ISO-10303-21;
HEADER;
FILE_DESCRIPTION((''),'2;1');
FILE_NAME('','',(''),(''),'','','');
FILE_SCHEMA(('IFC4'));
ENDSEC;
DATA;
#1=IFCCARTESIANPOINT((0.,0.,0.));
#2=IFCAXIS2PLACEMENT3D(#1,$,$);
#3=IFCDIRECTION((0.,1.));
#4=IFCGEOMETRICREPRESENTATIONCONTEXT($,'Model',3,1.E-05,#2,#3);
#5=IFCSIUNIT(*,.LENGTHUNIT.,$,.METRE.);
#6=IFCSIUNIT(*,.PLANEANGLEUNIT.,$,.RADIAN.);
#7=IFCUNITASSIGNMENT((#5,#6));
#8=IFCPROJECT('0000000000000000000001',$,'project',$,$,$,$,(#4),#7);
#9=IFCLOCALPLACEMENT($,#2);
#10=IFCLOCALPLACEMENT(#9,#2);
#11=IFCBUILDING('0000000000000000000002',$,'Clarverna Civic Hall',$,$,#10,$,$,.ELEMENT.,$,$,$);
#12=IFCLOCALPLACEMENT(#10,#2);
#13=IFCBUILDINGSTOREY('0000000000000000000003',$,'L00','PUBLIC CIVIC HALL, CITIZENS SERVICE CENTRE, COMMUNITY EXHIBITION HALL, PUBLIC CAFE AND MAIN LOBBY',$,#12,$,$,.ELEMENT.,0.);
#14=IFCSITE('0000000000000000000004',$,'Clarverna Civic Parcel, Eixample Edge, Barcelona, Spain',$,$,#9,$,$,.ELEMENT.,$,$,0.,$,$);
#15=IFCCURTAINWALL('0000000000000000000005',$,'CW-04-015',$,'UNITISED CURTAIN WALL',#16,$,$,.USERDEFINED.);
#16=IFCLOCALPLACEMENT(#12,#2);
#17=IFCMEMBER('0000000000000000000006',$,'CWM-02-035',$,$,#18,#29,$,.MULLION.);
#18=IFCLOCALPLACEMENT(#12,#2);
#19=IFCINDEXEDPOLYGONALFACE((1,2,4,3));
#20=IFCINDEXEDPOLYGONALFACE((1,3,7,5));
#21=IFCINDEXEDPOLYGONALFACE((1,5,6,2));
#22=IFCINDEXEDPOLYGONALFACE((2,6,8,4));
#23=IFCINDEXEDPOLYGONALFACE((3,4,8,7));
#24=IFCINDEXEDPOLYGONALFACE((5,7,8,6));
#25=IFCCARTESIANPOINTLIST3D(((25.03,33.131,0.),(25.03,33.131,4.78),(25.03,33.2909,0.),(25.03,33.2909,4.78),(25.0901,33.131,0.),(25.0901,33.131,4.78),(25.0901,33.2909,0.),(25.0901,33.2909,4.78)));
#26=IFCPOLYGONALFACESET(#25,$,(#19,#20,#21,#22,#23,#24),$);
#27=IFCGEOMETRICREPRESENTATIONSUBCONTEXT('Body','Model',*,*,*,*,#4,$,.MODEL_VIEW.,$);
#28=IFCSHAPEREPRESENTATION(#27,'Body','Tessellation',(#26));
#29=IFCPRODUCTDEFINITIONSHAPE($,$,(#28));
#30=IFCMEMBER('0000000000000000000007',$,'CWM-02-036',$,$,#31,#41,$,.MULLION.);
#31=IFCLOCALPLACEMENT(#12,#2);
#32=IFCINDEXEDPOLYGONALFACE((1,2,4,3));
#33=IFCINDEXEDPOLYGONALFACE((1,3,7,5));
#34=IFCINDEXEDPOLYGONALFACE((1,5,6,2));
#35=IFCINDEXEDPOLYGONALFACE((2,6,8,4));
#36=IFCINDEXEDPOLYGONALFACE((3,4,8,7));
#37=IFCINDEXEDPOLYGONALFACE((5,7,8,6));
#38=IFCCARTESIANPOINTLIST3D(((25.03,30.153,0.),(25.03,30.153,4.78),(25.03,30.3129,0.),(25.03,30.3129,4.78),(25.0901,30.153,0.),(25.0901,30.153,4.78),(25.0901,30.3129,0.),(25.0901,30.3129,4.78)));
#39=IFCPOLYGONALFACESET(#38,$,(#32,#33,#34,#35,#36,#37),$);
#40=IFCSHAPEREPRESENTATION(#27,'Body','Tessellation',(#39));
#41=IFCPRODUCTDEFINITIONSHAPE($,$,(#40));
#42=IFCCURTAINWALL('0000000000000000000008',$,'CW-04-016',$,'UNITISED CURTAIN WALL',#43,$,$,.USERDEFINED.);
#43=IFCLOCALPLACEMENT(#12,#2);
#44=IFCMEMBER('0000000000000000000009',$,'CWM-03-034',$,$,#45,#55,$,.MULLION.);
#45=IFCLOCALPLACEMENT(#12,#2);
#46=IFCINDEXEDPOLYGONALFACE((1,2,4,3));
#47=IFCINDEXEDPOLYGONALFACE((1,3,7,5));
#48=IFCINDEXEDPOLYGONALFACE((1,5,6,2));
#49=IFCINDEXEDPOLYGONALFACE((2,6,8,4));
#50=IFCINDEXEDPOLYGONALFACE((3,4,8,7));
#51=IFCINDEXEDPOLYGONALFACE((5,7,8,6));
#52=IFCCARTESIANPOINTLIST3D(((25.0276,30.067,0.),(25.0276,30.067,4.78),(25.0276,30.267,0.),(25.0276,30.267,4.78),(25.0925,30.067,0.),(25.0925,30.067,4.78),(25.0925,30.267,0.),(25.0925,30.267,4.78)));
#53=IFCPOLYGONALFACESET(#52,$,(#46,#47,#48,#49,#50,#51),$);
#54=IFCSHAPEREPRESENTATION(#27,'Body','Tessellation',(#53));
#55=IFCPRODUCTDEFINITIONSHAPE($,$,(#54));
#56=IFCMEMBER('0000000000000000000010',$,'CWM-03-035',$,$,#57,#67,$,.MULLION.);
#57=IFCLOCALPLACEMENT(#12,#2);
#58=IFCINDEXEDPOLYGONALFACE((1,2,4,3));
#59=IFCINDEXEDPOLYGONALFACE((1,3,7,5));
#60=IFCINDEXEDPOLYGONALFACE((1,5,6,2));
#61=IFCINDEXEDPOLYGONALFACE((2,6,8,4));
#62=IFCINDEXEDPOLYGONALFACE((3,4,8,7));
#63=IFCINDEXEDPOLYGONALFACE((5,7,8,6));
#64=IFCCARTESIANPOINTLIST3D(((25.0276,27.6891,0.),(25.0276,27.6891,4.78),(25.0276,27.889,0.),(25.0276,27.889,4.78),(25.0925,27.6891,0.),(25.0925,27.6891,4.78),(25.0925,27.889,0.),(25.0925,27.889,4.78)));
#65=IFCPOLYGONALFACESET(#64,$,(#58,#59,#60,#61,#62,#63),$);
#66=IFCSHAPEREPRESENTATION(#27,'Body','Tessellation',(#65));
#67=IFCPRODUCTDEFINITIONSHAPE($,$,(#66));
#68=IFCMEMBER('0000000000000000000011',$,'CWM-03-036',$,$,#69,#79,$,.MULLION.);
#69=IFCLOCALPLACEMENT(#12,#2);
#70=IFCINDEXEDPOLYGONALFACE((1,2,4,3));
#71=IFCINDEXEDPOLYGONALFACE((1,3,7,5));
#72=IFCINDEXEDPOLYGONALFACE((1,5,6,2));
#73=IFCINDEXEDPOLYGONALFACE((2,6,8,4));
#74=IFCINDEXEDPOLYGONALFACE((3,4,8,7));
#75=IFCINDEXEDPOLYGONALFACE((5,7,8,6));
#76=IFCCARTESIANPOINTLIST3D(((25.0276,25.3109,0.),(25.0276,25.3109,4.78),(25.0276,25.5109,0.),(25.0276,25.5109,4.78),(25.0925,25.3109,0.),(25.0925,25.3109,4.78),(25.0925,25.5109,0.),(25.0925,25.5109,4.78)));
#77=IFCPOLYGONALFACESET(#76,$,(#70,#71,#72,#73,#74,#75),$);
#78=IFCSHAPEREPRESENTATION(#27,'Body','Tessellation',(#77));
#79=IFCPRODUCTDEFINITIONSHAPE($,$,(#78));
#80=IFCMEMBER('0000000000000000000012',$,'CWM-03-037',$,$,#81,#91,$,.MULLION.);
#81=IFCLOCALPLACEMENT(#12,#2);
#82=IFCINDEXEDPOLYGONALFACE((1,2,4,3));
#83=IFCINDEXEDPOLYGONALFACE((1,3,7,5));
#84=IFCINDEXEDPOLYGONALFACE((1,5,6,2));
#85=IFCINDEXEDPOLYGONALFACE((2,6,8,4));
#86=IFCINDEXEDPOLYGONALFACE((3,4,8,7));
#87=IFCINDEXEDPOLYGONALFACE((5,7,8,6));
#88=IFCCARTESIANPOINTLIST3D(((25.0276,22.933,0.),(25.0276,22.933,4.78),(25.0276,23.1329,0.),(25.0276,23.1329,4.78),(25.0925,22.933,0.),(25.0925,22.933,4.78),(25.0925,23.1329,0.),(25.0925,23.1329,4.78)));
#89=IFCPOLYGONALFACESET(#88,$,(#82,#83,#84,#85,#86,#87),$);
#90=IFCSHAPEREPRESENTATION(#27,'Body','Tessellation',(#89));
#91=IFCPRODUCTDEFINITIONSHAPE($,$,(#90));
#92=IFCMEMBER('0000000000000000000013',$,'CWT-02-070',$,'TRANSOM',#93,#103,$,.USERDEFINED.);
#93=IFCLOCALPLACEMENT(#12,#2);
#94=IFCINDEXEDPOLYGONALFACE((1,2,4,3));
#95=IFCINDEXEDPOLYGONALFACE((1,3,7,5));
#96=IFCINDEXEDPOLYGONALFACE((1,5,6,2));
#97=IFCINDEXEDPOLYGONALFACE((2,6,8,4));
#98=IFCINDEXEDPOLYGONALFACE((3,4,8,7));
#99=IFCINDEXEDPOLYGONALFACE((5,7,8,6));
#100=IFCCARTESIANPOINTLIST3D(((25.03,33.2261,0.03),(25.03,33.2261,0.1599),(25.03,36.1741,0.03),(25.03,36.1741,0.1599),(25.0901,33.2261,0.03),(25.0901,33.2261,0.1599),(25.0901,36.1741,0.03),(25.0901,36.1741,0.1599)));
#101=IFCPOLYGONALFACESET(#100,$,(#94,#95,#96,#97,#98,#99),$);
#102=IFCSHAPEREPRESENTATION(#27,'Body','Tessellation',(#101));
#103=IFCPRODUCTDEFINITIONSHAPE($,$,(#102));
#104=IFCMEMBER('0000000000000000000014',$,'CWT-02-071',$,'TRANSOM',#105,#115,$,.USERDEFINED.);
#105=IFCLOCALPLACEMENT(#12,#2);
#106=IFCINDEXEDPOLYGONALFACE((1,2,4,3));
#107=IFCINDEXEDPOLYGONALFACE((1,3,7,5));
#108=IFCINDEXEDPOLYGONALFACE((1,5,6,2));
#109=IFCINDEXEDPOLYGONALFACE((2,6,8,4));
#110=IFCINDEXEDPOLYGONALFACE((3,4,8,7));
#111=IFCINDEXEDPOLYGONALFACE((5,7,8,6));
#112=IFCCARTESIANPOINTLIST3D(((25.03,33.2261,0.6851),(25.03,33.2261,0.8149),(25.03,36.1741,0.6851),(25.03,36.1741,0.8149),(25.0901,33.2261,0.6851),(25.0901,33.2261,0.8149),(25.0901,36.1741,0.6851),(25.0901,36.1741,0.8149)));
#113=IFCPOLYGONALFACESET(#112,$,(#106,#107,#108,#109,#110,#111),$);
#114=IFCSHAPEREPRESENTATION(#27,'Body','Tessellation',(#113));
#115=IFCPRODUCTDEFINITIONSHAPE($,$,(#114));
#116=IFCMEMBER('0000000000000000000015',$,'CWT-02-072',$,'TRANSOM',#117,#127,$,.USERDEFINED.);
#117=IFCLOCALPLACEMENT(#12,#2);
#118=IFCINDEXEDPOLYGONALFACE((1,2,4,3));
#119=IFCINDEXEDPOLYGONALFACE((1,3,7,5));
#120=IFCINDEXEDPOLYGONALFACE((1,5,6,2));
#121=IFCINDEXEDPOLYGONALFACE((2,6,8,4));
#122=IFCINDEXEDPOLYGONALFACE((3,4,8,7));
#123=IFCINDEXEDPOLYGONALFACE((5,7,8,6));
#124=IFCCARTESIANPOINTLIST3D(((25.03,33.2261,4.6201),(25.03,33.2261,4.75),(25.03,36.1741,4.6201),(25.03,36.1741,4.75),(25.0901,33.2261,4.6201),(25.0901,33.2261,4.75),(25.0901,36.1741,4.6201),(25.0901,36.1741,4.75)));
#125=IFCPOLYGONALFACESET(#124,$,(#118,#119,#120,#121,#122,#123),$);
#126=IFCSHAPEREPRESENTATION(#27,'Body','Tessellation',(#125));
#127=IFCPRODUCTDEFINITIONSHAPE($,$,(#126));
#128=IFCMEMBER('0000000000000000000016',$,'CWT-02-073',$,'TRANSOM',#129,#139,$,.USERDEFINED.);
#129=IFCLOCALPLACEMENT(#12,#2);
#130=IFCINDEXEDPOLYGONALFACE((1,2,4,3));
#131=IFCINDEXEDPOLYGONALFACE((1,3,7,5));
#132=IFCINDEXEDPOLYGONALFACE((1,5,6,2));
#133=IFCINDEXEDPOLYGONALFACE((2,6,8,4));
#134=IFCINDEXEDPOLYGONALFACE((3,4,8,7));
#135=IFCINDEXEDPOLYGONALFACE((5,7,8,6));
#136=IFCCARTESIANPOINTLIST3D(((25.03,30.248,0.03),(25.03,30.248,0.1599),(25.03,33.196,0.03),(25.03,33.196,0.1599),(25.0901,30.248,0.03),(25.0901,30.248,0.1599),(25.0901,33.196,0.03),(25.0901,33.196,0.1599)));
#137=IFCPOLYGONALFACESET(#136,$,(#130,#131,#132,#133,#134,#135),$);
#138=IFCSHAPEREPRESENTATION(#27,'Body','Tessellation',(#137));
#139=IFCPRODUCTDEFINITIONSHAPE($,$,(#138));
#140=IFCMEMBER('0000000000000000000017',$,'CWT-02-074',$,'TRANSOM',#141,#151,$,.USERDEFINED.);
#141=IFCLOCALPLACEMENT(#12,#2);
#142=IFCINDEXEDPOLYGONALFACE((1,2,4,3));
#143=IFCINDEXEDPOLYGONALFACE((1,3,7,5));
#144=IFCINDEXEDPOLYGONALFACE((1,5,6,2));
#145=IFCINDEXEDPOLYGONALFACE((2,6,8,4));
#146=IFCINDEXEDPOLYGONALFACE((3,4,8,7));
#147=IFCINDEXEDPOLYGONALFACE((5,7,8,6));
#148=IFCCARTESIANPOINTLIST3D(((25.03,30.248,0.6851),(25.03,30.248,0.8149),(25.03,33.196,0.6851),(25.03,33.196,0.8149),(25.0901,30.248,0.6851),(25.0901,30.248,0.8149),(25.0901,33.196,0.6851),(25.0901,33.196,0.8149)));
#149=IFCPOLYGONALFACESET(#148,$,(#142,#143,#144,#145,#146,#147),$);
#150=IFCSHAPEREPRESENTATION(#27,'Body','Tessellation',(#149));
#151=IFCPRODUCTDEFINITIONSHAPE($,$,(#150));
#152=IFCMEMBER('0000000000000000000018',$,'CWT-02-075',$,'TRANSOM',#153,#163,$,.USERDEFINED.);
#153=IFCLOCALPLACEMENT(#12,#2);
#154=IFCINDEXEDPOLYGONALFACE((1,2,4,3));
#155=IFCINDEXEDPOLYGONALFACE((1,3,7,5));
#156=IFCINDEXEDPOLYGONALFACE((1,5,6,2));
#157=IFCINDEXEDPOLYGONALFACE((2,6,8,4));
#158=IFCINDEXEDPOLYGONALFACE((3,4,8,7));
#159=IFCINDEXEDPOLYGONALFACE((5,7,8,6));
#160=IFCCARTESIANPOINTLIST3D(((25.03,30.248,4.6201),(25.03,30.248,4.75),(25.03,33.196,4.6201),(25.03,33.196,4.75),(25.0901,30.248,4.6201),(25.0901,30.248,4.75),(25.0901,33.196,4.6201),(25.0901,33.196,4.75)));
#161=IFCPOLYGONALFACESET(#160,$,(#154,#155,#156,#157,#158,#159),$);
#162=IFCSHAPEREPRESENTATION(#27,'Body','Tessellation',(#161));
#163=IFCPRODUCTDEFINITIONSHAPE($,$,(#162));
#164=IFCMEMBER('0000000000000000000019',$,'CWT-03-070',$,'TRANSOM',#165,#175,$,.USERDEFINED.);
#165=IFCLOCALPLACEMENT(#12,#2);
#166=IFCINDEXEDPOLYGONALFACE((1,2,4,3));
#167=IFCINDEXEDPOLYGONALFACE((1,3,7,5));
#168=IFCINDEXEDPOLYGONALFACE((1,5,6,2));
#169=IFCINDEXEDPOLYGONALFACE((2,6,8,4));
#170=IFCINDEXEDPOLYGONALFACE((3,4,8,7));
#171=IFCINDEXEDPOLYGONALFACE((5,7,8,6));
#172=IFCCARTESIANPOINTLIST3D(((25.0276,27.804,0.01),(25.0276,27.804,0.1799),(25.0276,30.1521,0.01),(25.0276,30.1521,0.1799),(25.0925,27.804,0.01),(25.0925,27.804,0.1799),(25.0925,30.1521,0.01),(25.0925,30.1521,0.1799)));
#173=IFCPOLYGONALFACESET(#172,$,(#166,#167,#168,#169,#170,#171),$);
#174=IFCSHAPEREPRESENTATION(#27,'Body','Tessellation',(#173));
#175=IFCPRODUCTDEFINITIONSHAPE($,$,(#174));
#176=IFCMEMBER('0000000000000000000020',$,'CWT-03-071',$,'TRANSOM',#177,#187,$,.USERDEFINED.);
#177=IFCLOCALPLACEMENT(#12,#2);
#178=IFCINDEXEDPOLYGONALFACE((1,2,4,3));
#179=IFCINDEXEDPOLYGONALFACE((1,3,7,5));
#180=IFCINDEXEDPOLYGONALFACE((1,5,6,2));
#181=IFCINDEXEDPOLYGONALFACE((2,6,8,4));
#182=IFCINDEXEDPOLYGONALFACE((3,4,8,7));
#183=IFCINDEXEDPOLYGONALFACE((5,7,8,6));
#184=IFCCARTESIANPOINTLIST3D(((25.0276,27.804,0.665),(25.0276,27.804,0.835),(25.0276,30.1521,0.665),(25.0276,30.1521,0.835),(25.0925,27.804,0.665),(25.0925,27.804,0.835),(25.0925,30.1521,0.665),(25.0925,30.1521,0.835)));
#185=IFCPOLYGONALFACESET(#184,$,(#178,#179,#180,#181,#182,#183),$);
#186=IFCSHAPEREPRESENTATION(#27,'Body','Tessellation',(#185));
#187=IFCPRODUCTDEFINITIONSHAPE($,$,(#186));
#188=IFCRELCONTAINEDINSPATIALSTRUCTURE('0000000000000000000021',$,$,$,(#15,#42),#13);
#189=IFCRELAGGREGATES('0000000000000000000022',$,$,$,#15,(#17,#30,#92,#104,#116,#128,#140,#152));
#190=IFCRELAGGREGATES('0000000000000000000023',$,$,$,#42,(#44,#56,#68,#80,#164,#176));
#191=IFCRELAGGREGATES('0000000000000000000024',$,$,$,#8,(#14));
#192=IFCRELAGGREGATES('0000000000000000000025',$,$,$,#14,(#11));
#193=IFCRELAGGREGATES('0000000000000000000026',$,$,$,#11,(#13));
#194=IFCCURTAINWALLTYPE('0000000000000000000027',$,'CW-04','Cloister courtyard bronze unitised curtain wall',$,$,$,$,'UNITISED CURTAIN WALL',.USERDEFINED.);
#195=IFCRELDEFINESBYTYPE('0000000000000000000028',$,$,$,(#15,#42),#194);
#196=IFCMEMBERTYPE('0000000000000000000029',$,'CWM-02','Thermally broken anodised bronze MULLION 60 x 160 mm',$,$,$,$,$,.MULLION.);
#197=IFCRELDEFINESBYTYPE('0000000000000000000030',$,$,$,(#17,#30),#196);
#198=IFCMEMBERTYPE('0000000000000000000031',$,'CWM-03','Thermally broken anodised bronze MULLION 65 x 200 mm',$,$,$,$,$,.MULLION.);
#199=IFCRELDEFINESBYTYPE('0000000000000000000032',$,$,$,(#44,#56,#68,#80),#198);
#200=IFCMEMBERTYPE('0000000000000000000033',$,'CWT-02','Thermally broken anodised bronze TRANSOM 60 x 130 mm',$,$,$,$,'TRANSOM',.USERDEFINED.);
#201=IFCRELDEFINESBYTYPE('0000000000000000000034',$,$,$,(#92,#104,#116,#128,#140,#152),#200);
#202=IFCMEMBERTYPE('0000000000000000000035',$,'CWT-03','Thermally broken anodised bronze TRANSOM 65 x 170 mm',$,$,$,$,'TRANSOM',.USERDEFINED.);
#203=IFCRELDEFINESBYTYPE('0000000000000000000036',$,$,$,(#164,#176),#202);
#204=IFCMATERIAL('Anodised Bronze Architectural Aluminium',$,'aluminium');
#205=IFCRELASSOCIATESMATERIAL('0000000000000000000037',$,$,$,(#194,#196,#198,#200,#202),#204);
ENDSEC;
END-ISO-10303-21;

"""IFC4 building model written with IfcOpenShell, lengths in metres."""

from ifc_helpers import new_model, si_unit, direction, frame, origin, origin_2d, place, context, subcontext, project, spatial, rectangle, extrude, material, material_profile, profile_set, type_object, element, aggregate, save


model = new_model("IFC4")

# Units and contexts
model_context = context("Model", 3, precision=1e-05, world=origin(), true_north=direction((0.0, 1.0)))
body_context = subcontext(model_context, "Body", "Model", "MODEL_VIEW")
ifc_project = project(units=[si_unit("LENGTHUNIT", "METRE"), si_unit("PLANEANGLEUNIT", "RADIAN")], contexts=[model_context])

# Site, building, storey
site_placement = place(None, origin())
site = spatial("IfcSite", under=ifc_project, at=site_placement, Name="Clarverna Civic Parcel, Eixample Edge, Barcelona, Spain", CompositionType="ELEMENT", RefElevation=0.0)
building_placement = place(site_placement, origin())
building = spatial("IfcBuilding", under=site, at=building_placement, Name="Clarverna Civic Hall", CompositionType="ELEMENT")
storey_placement = place(building_placement, origin())
storey = spatial("IfcBuildingStorey", under=building, at=storey_placement, Name="L00", Description="PUBLIC CIVIC HALL, CITIZENS SERVICE CENTRE, COMMUNITY EXHIBITION HALL, PUBLIC CAFE AND MAIN LOBBY", CompositionType="ELEMENT", Elevation=0.0)

# Curtain walls, members
ifc_material_1 = material(Name="Anodised Bronze Architectural Aluminium", Category="aluminium")
curtain_wall_type = type_object("IfcCurtainWallType", Name="CW-04", Description="Cloister courtyard bronze unitised curtain wall", ElementType="UNITISED CURTAIN WALL", PredefinedType="USERDEFINED", material=ifc_material_1)
curtain_wall_1_placement = place(storey_placement, origin())
curtain_wall_1 = element("IfcCurtainWall", 1, at=curtain_wall_1_placement, inside=storey, type_object=curtain_wall_type, Name="CW-04-015", ObjectType="UNITISED CURTAIN WALL", PredefinedType="USERDEFINED")
ifc_material_profile_1 = material_profile(ifc_material_1, rectangle(XDim=0.0601, YDim=0.1599, at=origin_2d()), Name="BRONZE 60x160")
ifc_profile_set_1 = profile_set([ifc_material_profile_1], Name="Anodised Bronze Architectural Aluminium")
member_type_1 = type_object("IfcMemberType", Name="CWM-02", Description="Thermally broken anodised bronze MULLION 60 x 160 mm", PredefinedType="MULLION", material=ifc_profile_set_1)
member_1_placement = place(storey_placement, frame((25.0601, 33.2109, 0.0), z_axis=(0.0, 0.0, 1.0), x_axis=(1.0, 0.0, 0.0)))
member_1 = element("IfcMember", 2, at=member_1_placement, type_object=member_type_1, Name="CWM-02-035", PredefinedType="MULLION", context=body_context, shape_type="SweptSolid", body=[
    extrude(rectangle(XDim=0.0601, YDim=0.1599, at=origin_2d()), origin(), (0.0, 0.0, 1.0), 4.78),
])
member_2_placement = place(storey_placement, frame((25.0601, 30.2329, 0.0), z_axis=(0.0, 0.0, 1.0), x_axis=(1.0, 0.0, 0.0)))
member_2 = element("IfcMember", 3, at=member_2_placement, type_object=member_type_1, Name="CWM-02-036", PredefinedType="MULLION", context=body_context, shape_type="SweptSolid", body=[
    extrude(rectangle(XDim=0.0601, YDim=0.1599, at=origin_2d()), origin(), (0.0, 0.0, 1.0), 4.78),
])
curtain_wall_2_placement = place(storey_placement, origin())
curtain_wall_2 = element("IfcCurtainWall", 4, at=curtain_wall_2_placement, inside=storey, type_object=curtain_wall_type, Name="CW-04-016", ObjectType="UNITISED CURTAIN WALL", PredefinedType="USERDEFINED")
ifc_material_profile_2 = material_profile(ifc_material_1, rectangle(XDim=0.0649, YDim=0.2, at=origin_2d()), Name="BRONZE 65x200")
ifc_profile_set_2 = profile_set([ifc_material_profile_2], Name="Anodised Bronze Architectural Aluminium")
member_type_2 = type_object("IfcMemberType", Name="CWM-03", Description="Thermally broken anodised bronze MULLION 65 x 200 mm", PredefinedType="MULLION", material=ifc_profile_set_2)
member_3_placement = place(storey_placement, frame((25.0601, 30.167, 0.0), z_axis=(0.0, 0.0, 1.0), x_axis=(1.0, 0.0, 0.0)))
member_3 = element("IfcMember", 5, at=member_3_placement, type_object=member_type_2, Name="CWM-03-034", PredefinedType="MULLION", context=body_context, shape_type="SweptSolid", body=[
    extrude(rectangle(XDim=0.0649, YDim=0.2, at=origin_2d()), origin(), (0.0, 0.0, 1.0), 4.78),
])
member_4_placement = place(storey_placement, frame((25.0601, 27.7891, 0.0), z_axis=(0.0, 0.0, 1.0), x_axis=(1.0, 0.0, 0.0)))
member_4 = element("IfcMember", 6, at=member_4_placement, type_object=member_type_2, Name="CWM-03-035", PredefinedType="MULLION", context=body_context, shape_type="SweptSolid", body=[
    extrude(rectangle(XDim=0.0649, YDim=0.2, at=origin_2d()), origin(), (0.0, 0.0, 1.0), 4.78),
])
member_5_placement = place(storey_placement, frame((25.0601, 25.4109, 0.0), z_axis=(0.0, 0.0, 1.0), x_axis=(1.0, 0.0, 0.0)))
member_5 = element("IfcMember", 7, at=member_5_placement, type_object=member_type_2, Name="CWM-03-036", PredefinedType="MULLION", context=body_context, shape_type="SweptSolid", body=[
    extrude(rectangle(XDim=0.0649, YDim=0.2, at=origin_2d()), origin(), (0.0, 0.0, 1.0), 4.78),
])
member_6_placement = place(storey_placement, frame((25.0601, 23.033, 0.0), z_axis=(0.0, 0.0, 1.0), x_axis=(1.0, 0.0, 0.0)))
member_6 = element("IfcMember", 8, at=member_6_placement, type_object=member_type_2, Name="CWM-03-037", PredefinedType="MULLION", context=body_context, shape_type="SweptSolid", body=[
    extrude(rectangle(XDim=0.0649, YDim=0.2, at=origin_2d()), origin(), (0.0, 0.0, 1.0), 4.78),
])

# Members
ifc_material_profile_3 = material_profile(ifc_material_1, rectangle(XDim=0.0601, YDim=0.1299, at=origin_2d()), Name="BRONZE 60x130")
ifc_profile_set_3 = profile_set([ifc_material_profile_3], Name="Anodised Bronze Architectural Aluminium")
member_type_3 = type_object("IfcMemberType", Name="CWT-02", Description="Thermally broken anodised bronze TRANSOM 60 x 130 mm", ElementType="TRANSOM", PredefinedType="USERDEFINED", material=ifc_profile_set_3)
member_7_placement = place(storey_placement, frame((25.0601, 36.1741, 0.095), z_axis=(0.0, -1.0, 0.0), x_axis=(1.0, 0.0, 0.0)))
member_7 = element("IfcMember", 9, at=member_7_placement, type_object=member_type_3, Name="CWT-02-070", ObjectType="TRANSOM", PredefinedType="USERDEFINED", context=body_context, shape_type="SweptSolid", body=[
    extrude(rectangle(XDim=0.0601, YDim=0.1299, at=origin_2d()), origin(), (0.0, 0.0, 1.0), 2.948),
])
member_8_placement = place(storey_placement, frame((25.0601, 36.1741, 0.75), z_axis=(0.0, -1.0, 0.0), x_axis=(1.0, 0.0, 0.0)))
member_8 = element("IfcMember", 10, at=member_8_placement, type_object=member_type_3, Name="CWT-02-071", ObjectType="TRANSOM", PredefinedType="USERDEFINED", context=body_context, shape_type="SweptSolid", body=[
    extrude(rectangle(XDim=0.0601, YDim=0.1299, at=origin_2d()), origin(), (0.0, 0.0, 1.0), 2.948),
])
member_9_placement = place(storey_placement, frame((25.0601, 36.1741, 4.6851), z_axis=(0.0, -1.0, 0.0), x_axis=(1.0, 0.0, 0.0)))
member_9 = element("IfcMember", 11, at=member_9_placement, type_object=member_type_3, Name="CWT-02-072", ObjectType="TRANSOM", PredefinedType="USERDEFINED", context=body_context, shape_type="SweptSolid", body=[
    extrude(rectangle(XDim=0.0601, YDim=0.1299, at=origin_2d()), origin(), (0.0, 0.0, 1.0), 2.948),
])
member_10_placement = place(storey_placement, frame((25.0601, 33.196, 0.095), z_axis=(0.0, -1.0, 0.0), x_axis=(1.0, 0.0, 0.0)))
member_10 = element("IfcMember", 12, at=member_10_placement, type_object=member_type_3, Name="CWT-02-073", ObjectType="TRANSOM", PredefinedType="USERDEFINED", context=body_context, shape_type="SweptSolid", body=[
    extrude(rectangle(XDim=0.0601, YDim=0.1299, at=origin_2d()), origin(), (0.0, 0.0, 1.0), 2.948),
])
member_11_placement = place(storey_placement, frame((25.0601, 33.196, 0.75), z_axis=(0.0, -1.0, 0.0), x_axis=(1.0, 0.0, 0.0)))
member_11 = element("IfcMember", 13, at=member_11_placement, type_object=member_type_3, Name="CWT-02-074", ObjectType="TRANSOM", PredefinedType="USERDEFINED", context=body_context, shape_type="SweptSolid", body=[
    extrude(rectangle(XDim=0.0601, YDim=0.1299, at=origin_2d()), origin(), (0.0, 0.0, 1.0), 2.948),
])
member_12_placement = place(storey_placement, frame((25.0601, 33.196, 4.6851), z_axis=(0.0, -1.0, 0.0), x_axis=(1.0, 0.0, 0.0)))
member_12 = element("IfcMember", 14, at=member_12_placement, type_object=member_type_3, Name="CWT-02-075", ObjectType="TRANSOM", PredefinedType="USERDEFINED", context=body_context, shape_type="SweptSolid", body=[
    extrude(rectangle(XDim=0.0601, YDim=0.1299, at=origin_2d()), origin(), (0.0, 0.0, 1.0), 2.948),
])
ifc_material_profile_4 = material_profile(ifc_material_1, rectangle(XDim=0.0649, YDim=0.1699, at=origin_2d()), Name="BRONZE 65x170")
ifc_profile_set_4 = profile_set([ifc_material_profile_4], Name="Anodised Bronze Architectural Aluminium")
member_type_4 = type_object("IfcMemberType", Name="CWT-03", Description="Thermally broken anodised bronze TRANSOM 65 x 170 mm", ElementType="TRANSOM", PredefinedType="USERDEFINED", material=ifc_profile_set_4)
member_13_placement = place(storey_placement, frame((25.0601, 30.1521, 0.095), z_axis=(0.0, -1.0, 0.0), x_axis=(1.0, 0.0, 0.0)))
member_13 = element("IfcMember", 15, at=member_13_placement, type_object=member_type_4, Name="CWT-03-070", ObjectType="TRANSOM", PredefinedType="USERDEFINED", context=body_context, shape_type="SweptSolid", body=[
    extrude(rectangle(XDim=0.0649, YDim=0.1699, at=origin_2d()), origin(), (0.0, 0.0, 1.0), 2.3481),
])
member_14_placement = place(storey_placement, frame((25.0601, 30.1521, 0.75), z_axis=(0.0, -1.0, 0.0), x_axis=(1.0, 0.0, 0.0)))
member_14 = element("IfcMember", 16, at=member_14_placement, type_object=member_type_4, Name="CWT-03-071", ObjectType="TRANSOM", PredefinedType="USERDEFINED", context=body_context, shape_type="SweptSolid", body=[
    extrude(rectangle(XDim=0.0649, YDim=0.1699, at=origin_2d()), origin(), (0.0, 0.0, 1.0), 2.3481),
])

aggregate(curtain_wall_1, [member_1, member_2, member_7, member_8, member_9, member_10, member_11, member_12])
aggregate(curtain_wall_2, [member_3, member_4, member_5, member_6, member_13, member_14])

save(model, "model.ifc")
